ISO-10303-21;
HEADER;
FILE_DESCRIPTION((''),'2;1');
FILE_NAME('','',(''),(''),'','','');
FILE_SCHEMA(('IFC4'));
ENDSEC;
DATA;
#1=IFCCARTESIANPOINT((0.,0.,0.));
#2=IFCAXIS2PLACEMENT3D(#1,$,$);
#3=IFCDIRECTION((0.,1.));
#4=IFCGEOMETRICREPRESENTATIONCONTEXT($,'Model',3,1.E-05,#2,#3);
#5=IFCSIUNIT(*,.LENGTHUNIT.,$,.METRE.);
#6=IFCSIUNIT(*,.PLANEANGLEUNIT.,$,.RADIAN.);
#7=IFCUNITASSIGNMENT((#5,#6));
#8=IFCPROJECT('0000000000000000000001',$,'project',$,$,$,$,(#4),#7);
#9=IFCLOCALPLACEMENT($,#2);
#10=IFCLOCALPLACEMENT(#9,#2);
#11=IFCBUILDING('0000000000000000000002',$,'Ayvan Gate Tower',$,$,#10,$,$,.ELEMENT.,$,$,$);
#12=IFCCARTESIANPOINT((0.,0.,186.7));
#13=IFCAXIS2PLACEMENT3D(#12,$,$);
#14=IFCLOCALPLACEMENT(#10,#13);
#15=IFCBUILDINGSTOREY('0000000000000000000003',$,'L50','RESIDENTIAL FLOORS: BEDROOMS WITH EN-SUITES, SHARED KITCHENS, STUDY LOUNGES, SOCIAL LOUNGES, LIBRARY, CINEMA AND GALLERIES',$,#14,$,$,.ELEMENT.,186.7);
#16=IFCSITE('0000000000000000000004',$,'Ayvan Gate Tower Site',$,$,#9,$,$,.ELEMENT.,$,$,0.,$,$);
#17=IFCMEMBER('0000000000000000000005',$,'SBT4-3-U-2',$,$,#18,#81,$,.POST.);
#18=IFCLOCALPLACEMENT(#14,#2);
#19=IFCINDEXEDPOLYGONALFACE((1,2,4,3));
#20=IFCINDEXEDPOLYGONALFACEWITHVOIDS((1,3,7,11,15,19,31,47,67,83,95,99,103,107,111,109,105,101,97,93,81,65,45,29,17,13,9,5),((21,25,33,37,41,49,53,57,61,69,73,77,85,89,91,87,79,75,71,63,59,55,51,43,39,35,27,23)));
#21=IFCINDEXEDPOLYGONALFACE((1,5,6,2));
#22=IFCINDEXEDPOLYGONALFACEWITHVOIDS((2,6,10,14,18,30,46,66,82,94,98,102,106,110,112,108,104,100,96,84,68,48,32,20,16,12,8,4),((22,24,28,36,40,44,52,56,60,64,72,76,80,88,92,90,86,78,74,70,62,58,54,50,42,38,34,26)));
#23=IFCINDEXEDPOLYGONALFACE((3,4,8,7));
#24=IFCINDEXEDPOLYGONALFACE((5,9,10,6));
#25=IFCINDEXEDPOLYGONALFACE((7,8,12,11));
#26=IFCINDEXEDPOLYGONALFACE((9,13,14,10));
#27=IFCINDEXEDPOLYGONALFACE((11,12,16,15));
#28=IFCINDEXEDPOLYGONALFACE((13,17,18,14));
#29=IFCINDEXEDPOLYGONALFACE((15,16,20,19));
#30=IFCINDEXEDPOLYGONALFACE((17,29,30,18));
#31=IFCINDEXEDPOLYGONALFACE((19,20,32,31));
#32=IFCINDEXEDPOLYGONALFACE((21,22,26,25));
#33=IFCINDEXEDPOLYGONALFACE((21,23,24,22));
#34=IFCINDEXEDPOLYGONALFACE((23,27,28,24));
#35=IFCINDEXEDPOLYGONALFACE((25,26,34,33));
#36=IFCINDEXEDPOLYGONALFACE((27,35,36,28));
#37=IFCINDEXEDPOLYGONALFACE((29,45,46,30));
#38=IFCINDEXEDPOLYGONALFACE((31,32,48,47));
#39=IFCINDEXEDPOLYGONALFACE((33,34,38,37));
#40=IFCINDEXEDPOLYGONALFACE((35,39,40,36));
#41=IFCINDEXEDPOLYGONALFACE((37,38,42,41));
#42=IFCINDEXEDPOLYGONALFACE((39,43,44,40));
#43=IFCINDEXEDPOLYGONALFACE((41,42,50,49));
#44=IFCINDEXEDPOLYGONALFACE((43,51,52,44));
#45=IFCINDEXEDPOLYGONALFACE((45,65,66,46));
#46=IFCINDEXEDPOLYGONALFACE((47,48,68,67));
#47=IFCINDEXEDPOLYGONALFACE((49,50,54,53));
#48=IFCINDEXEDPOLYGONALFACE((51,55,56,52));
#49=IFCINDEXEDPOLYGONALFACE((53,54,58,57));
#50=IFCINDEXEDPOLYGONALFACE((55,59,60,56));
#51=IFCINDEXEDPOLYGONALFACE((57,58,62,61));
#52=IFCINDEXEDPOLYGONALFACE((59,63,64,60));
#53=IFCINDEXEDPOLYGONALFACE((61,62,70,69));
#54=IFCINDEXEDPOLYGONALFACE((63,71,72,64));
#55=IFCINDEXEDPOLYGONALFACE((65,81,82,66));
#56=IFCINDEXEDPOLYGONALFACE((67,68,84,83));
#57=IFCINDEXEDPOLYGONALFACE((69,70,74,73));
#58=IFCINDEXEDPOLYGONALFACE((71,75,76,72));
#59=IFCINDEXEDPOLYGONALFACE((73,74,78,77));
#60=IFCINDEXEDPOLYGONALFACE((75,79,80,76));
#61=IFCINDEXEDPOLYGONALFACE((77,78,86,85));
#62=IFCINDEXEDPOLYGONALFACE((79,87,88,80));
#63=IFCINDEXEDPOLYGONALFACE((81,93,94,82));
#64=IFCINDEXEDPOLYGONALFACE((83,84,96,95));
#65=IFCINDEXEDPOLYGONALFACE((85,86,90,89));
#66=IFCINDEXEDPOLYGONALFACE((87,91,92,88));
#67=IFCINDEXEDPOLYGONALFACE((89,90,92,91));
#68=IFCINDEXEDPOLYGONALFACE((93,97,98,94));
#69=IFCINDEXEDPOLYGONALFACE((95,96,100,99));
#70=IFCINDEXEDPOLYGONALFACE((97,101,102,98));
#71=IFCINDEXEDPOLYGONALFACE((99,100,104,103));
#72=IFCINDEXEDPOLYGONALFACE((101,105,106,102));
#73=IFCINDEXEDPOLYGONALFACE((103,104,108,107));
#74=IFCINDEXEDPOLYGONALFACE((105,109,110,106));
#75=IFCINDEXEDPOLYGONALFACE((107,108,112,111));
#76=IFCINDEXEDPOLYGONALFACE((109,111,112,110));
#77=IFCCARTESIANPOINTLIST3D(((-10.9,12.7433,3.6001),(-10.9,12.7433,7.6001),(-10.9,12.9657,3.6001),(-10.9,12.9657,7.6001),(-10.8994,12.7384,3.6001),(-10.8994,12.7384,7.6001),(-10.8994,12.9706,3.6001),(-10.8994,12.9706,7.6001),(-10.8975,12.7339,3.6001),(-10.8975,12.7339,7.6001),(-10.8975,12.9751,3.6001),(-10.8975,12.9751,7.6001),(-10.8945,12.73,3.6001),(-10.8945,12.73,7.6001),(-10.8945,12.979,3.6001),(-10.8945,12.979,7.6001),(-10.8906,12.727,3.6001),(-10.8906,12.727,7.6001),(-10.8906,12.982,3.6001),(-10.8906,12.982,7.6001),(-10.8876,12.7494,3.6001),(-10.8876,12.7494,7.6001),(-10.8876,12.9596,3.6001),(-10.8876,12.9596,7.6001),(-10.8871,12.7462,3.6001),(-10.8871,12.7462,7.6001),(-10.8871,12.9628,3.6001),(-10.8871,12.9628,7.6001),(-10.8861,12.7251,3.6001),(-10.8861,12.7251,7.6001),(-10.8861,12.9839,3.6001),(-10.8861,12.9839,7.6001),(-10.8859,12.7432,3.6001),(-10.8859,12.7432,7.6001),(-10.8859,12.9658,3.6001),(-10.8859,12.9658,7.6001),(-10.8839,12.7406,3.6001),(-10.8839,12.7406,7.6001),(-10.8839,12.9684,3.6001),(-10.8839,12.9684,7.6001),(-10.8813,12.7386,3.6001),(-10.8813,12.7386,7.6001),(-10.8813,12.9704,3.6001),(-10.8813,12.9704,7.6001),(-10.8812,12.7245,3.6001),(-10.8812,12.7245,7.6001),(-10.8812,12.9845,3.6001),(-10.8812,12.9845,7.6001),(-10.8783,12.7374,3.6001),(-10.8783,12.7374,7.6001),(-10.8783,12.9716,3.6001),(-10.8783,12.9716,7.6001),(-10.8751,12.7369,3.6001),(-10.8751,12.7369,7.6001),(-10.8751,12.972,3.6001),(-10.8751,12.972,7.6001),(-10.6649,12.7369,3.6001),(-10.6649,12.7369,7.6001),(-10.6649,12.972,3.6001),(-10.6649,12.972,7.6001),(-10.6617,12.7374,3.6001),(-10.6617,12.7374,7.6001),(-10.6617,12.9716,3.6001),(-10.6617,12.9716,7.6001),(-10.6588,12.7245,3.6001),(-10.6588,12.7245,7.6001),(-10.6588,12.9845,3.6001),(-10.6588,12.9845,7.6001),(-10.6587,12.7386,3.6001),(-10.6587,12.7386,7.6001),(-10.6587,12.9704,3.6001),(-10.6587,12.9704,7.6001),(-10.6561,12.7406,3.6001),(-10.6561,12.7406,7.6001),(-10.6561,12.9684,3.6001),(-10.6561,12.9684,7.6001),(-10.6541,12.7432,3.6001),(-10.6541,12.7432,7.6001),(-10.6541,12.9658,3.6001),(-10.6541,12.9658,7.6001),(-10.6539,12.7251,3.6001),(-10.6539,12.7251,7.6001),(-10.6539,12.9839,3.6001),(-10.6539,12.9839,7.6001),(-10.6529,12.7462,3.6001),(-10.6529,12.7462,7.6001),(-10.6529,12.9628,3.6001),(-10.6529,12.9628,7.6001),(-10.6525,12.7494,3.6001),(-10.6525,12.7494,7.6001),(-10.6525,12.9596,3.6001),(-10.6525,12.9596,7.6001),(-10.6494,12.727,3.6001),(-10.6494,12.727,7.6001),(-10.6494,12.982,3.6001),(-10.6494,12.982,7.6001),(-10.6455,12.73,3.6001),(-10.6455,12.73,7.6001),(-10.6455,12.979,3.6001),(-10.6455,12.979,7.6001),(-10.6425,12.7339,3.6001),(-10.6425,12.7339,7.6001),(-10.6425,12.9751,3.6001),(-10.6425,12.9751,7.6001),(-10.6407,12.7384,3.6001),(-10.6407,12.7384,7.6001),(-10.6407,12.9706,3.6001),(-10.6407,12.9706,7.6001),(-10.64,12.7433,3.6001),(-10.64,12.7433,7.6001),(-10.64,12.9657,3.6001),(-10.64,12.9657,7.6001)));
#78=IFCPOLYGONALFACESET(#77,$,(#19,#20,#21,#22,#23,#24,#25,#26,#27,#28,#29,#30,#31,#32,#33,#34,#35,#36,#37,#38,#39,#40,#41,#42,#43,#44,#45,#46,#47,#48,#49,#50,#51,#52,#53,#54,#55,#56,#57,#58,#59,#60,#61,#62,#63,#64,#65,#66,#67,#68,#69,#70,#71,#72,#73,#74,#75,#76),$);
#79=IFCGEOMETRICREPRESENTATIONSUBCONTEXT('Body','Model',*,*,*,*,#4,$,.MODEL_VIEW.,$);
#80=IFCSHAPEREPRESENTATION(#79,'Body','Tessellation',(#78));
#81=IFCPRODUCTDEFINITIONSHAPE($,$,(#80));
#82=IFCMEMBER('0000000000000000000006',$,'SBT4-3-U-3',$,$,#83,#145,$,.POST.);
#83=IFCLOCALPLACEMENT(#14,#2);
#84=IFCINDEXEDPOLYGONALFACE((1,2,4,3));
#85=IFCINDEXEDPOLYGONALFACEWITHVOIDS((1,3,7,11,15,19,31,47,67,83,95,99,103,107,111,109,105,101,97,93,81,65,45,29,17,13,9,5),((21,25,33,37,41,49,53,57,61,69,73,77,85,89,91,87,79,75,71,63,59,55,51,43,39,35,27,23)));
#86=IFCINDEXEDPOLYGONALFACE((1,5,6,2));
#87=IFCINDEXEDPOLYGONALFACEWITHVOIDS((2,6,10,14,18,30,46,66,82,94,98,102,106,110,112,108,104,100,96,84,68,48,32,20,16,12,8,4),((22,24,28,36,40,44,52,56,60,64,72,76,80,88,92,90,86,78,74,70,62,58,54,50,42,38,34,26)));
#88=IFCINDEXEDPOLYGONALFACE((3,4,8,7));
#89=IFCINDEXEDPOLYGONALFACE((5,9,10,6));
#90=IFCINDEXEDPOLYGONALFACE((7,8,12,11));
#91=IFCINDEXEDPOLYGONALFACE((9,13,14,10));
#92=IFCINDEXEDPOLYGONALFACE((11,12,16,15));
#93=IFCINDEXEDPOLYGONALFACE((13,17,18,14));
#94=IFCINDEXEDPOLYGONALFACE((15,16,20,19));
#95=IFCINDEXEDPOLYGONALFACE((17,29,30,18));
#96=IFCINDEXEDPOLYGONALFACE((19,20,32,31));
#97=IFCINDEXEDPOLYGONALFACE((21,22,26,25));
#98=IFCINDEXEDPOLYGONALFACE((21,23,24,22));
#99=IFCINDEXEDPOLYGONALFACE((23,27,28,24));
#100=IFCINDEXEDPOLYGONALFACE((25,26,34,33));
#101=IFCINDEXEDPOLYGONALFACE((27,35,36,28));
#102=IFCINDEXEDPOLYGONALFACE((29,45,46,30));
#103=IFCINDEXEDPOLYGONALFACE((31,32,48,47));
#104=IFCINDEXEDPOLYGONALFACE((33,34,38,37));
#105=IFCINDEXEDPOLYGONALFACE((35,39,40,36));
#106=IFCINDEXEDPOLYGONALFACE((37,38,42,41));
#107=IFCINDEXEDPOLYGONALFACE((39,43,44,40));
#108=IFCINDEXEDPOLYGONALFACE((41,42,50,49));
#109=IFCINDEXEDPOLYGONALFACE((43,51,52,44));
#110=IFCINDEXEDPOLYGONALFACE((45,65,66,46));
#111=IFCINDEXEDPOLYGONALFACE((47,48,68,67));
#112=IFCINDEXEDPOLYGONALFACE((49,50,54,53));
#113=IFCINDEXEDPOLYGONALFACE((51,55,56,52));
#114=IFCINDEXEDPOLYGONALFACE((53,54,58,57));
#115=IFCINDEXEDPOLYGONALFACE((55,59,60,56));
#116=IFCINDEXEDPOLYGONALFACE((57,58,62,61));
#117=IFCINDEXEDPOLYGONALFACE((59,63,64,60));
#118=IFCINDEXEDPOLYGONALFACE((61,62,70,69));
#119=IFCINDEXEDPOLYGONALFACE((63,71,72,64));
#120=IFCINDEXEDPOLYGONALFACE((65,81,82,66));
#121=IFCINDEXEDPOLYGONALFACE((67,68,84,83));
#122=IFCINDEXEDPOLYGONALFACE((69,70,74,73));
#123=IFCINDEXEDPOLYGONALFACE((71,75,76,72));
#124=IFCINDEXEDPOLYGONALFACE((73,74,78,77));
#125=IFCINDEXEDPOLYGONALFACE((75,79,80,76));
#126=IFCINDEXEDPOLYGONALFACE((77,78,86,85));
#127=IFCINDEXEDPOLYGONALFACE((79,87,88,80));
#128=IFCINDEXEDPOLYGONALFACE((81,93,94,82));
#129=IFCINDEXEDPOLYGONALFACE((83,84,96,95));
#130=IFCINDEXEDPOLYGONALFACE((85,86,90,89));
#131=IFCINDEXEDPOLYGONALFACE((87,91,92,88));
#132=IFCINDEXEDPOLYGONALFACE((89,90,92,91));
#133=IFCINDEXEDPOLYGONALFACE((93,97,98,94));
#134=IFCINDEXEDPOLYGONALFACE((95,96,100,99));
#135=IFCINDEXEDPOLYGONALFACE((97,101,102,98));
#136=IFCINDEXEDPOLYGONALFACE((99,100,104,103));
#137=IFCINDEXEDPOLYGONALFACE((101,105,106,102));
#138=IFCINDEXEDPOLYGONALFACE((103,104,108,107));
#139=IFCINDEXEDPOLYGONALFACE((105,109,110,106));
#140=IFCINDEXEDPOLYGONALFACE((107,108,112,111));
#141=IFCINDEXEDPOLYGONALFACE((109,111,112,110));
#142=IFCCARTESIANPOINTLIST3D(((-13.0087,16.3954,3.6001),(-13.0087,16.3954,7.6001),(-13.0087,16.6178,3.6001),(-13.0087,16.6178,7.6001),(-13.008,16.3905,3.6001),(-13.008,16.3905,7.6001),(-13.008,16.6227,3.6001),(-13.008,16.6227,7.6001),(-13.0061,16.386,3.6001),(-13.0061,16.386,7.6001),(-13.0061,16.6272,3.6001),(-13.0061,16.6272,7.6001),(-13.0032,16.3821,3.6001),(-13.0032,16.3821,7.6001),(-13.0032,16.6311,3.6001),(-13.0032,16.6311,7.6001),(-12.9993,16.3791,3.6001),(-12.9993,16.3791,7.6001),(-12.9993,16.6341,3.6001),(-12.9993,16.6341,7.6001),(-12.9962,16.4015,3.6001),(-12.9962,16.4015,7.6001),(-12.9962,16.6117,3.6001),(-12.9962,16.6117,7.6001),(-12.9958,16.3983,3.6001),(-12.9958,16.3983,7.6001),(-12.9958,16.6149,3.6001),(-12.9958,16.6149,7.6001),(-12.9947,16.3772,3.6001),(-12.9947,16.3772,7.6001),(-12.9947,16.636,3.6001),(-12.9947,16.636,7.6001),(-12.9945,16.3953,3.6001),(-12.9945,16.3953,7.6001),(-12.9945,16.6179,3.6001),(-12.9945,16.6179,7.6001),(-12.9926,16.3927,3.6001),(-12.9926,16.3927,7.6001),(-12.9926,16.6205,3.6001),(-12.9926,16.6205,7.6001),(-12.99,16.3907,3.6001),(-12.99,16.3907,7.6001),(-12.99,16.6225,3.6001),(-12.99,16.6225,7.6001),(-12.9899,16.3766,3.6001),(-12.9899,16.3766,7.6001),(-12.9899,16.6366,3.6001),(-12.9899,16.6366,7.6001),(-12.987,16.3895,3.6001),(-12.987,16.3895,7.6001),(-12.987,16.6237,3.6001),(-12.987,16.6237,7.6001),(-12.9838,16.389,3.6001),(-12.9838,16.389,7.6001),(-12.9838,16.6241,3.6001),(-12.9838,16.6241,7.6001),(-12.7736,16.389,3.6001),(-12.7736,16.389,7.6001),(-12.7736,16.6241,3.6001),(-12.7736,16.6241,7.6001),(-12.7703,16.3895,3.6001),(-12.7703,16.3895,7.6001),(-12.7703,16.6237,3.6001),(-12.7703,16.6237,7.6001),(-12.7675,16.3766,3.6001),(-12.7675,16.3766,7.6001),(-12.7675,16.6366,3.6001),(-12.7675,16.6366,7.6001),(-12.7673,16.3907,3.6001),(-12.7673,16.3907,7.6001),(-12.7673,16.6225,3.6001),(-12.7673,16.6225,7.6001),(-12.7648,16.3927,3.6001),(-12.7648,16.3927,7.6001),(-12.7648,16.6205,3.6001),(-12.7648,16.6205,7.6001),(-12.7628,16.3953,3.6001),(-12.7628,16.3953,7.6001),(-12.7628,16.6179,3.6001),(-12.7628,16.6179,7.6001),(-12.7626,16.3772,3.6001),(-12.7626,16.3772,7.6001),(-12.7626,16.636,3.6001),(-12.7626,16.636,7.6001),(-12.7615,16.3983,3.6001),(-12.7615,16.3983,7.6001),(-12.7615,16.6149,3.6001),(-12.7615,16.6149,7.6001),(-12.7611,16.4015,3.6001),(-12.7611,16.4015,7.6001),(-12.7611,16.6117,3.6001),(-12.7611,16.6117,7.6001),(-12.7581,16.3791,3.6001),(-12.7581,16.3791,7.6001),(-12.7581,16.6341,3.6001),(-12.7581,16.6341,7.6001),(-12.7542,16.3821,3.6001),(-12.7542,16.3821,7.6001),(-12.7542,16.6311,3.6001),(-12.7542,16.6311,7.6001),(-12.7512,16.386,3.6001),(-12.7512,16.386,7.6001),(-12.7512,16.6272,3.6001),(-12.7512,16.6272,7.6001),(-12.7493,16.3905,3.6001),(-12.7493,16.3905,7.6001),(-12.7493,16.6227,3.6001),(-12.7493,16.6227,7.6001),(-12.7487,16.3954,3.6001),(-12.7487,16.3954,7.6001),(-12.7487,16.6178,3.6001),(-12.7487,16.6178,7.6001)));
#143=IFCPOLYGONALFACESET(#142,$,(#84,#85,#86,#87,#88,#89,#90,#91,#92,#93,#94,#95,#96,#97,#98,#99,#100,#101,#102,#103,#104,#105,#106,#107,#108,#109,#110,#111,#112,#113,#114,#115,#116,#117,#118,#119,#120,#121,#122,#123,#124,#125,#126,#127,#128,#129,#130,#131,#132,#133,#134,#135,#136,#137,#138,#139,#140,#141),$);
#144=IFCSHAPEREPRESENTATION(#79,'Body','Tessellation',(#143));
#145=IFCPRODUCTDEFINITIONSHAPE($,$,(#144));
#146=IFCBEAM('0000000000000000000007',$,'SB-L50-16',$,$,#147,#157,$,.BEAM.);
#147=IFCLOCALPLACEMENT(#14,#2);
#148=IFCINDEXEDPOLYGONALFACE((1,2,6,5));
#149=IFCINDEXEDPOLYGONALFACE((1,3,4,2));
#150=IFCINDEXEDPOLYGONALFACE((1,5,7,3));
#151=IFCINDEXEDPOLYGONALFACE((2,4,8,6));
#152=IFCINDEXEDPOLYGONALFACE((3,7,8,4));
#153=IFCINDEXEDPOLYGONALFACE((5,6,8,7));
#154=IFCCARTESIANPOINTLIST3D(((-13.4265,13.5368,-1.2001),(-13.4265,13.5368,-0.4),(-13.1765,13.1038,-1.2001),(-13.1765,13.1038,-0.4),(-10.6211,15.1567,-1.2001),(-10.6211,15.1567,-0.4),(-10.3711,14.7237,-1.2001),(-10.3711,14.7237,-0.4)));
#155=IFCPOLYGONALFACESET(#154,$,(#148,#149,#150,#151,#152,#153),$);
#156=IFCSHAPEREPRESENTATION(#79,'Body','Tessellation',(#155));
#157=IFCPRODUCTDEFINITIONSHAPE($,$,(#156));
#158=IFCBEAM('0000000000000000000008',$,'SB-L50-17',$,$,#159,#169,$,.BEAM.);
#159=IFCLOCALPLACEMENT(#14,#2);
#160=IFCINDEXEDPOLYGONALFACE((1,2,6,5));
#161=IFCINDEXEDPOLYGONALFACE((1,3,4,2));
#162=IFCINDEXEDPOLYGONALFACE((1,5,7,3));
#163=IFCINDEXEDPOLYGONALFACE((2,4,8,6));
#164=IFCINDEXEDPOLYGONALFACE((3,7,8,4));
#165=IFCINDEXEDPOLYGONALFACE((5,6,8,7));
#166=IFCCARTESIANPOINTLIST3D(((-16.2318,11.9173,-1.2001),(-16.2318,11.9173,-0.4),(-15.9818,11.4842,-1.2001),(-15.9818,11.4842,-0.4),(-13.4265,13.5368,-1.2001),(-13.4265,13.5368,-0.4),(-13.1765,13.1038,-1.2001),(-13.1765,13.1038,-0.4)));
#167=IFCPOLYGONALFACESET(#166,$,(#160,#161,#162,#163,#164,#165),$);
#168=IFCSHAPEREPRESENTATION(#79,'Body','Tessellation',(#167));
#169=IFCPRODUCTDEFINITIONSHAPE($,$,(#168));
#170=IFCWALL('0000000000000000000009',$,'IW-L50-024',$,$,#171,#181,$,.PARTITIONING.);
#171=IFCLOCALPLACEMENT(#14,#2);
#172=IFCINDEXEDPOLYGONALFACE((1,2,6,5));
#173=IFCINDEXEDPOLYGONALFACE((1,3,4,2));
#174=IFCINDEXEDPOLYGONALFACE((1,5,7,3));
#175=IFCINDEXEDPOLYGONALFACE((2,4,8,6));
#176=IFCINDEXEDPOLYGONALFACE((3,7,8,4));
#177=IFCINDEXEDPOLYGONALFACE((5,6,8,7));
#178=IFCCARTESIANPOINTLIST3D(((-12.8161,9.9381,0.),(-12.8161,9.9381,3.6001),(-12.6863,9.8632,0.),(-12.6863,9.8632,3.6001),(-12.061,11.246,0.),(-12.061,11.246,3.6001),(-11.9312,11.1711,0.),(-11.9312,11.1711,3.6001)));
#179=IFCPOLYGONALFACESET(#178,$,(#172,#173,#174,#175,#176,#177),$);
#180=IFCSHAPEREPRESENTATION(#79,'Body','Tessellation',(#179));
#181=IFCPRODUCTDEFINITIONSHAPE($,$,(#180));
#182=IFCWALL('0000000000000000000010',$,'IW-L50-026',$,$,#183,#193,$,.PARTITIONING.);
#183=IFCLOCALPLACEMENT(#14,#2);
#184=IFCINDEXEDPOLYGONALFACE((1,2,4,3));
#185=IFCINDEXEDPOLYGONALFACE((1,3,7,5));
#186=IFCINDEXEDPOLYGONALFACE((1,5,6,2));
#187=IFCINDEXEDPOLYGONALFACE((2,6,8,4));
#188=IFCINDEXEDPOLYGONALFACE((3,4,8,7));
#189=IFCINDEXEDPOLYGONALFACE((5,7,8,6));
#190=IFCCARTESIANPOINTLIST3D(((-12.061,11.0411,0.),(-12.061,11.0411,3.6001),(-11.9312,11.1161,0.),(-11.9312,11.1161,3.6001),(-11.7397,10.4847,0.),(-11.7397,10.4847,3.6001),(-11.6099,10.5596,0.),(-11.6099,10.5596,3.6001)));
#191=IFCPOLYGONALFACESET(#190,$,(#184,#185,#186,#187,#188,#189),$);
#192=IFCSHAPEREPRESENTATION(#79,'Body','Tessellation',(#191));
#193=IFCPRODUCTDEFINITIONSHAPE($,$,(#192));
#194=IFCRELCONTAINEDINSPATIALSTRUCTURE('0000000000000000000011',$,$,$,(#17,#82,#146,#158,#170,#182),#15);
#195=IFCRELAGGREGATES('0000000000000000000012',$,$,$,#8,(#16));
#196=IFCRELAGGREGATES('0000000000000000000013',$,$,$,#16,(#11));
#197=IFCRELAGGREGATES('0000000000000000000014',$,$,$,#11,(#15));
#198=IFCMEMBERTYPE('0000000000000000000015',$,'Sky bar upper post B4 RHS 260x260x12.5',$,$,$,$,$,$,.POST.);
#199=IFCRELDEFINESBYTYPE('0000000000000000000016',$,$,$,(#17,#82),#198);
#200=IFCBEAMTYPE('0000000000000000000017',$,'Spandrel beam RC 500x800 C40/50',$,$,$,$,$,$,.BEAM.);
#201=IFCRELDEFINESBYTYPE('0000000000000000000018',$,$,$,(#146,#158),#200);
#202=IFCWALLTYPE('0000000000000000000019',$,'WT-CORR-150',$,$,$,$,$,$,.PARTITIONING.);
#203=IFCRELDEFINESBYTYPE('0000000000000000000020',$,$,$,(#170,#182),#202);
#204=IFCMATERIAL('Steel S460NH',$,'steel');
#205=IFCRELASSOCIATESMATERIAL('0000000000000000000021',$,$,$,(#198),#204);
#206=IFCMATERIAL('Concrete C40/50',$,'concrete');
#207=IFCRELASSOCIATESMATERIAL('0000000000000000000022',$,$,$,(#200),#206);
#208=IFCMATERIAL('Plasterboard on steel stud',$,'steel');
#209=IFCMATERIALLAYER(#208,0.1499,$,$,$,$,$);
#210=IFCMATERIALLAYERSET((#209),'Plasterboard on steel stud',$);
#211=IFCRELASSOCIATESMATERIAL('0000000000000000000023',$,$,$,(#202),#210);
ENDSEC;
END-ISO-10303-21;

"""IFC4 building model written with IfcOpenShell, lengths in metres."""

from ifc_helpers import new_model, si_unit, direction, frame, frame_2d, origin, origin_2d, place, context, subcontext, project, spatial, rectangle, hollow_rectangle, extrude, material, layer, layer_set, material_profile, profile_set, type_object, element, save


model = new_model("IFC4")

# Units and contexts
model_context = context("Model", 3, precision=1e-05, world=origin(), true_north=direction((0.0, 1.0)))
body_context = subcontext(model_context, "Body", "Model", "MODEL_VIEW")
ifc_project = project(units=[si_unit("LENGTHUNIT", "METRE"), si_unit("PLANEANGLEUNIT", "RADIAN")], contexts=[model_context])

# Site, building, storey
site_placement = place(None, origin())
site = spatial("IfcSite", under=ifc_project, at=site_placement, Name="Ayvan Gate Tower Site", CompositionType="ELEMENT", RefElevation=0.0)
building_placement = place(site_placement, origin())
building = spatial("IfcBuilding", under=site, at=building_placement, Name="Ayvan Gate Tower", CompositionType="ELEMENT")
storey_placement = place(building_placement, frame((0.0, 0.0, 186.7)))
storey = spatial("IfcBuildingStorey", under=building, at=storey_placement, Name="L50", Description="RESIDENTIAL FLOORS: BEDROOMS WITH EN-SUITES, SHARED KITCHENS, STUDY LOUNGES, SOCIAL LOUNGES, LIBRARY, CINEMA AND GALLERIES", CompositionType="ELEMENT", Elevation=186.7)

# Shared definitions
ifc_material_1 = material(Name="Concrete C40/50", Category="concrete")

# Members
ifc_material_2 = material(Name="Steel S460NH", Category="steel")
ifc_material_profile_1 = material_profile(ifc_material_2, hollow_rectangle(XDim=0.26, YDim=0.26, WallThickness=0.0125, InnerFilletRadius=0.0125, OuterFilletRadius=0.0188, at=origin_2d()), Name="RHS 260x260x12.5")
ifc_profile_set_1 = profile_set([ifc_material_profile_1], Name="Steel S460NH")
member_type_1 = type_object("IfcMemberType", Name="Sky bar upper post B4 RHS 260x260x12.5", PredefinedType="POST", material=ifc_profile_set_1)
for number, where, z_axis, x_axis, name in (
    (1, (-10.77, 12.8545, 3.6001), (0.0, 0.0, 1.0), (1.0, 0.0, 0.0), "SBT4-3-U-2"),
    (2, (-12.8787, 16.5066, 3.6001), (0.0, 0.0, 1.0), (1.0, 0.0, 0.0), "SBT4-3-U-3"),
):
    element("IfcMember", number, at=place(storey_placement, frame(where, z_axis=z_axis, x_axis=x_axis)), inside=storey, type_object=member_type_1, Name=name, PredefinedType="POST", context=body_context, shape_type="SweptSolid", body=[
        extrude(hollow_rectangle(XDim=0.26, YDim=0.26, WallThickness=0.0125, InnerFilletRadius=0.0125, OuterFilletRadius=0.0188, at=origin_2d()), origin(), (0.0, 0.0, 1.0), 4.0),
    ])

# Beams
ifc_material_profile_2 = material_profile(ifc_material_1, rectangle(XDim=0.5, YDim=0.8, at=origin_2d()), Name="RC 500x800")
ifc_profile_set_2 = profile_set([ifc_material_profile_2], Name="Concrete C40/50")
beam_type_1 = type_object("IfcBeamType", Name="Spandrel beam RC 500x800 C40/50", PredefinedType="BEAM", material=ifc_profile_set_2)
beam_1_placement = place(storey_placement, frame((-10.4961, 14.9402, -0.8), z_axis=(-0.866004, -0.500038, 0.0), x_axis=(0.500038, -0.866004, 0.0)))
element("IfcBeam", 3, at=beam_1_placement, inside=storey, type_object=beam_type_1, Name="SB-L50-16", PredefinedType="BEAM", context=body_context, shape_type="SweptSolid", body=[
    extrude(rectangle(XDim=0.5, YDim=0.8, at=origin_2d()), origin(), (0.0, 0.0, 1.0), 3.2395),
])
beam_2_placement = place(storey_placement, frame((-13.3015, 13.3203, -0.8), z_axis=(-0.866036, -0.499981, 0.0), x_axis=(0.499981, -0.866036, 0.0)))
element("IfcBeam", 4, at=beam_2_placement, inside=storey, type_object=beam_type_1, Name="SB-L50-17", PredefinedType="BEAM", context=body_context, shape_type="SweptSolid", body=[
    extrude(rectangle(XDim=0.5, YDim=0.8, at=origin_2d()), origin(), (0.0, 0.0, 1.0), 3.2393),
])

# Walls
ifc_material_3 = material(Name="Plasterboard on steel stud", Category="steel")
ifc_layer_1 = layer(ifc_material_3, 0.1499)
ifc_layer_set_1 = layer_set([ifc_layer_1], Name="Plasterboard on steel stud")
wall_type_1 = type_object("IfcWallType", Name="WT-CORR-150", PredefinedType="PARTITIONING", material=ifc_layer_set_1)
wall_1_placement = place(storey_placement, frame((-12.7512, 9.9006, 0.0), z_axis=(0.0, 0.0, 1.0), x_axis=(0.500016, 0.866016, 0.0)))
element("IfcWall", 5, at=wall_1_placement, inside=storey, type_object=wall_type_1, Name="IW-L50-024", PredefinedType="PARTITIONING", context=body_context, shape_type="SweptSolid", body=[
    extrude(rectangle(XDim=1.5103, YDim=0.1499, at=frame_2d((0.7551, 0.0))), origin(), (0.0, 0.0, 1.0), 3.6001),
])
wall_2_placement = place(storey_placement, frame((-11.9961, 11.0786, 0.0), z_axis=(0.0, 0.0, 1.0), x_axis=(0.500062, -0.865989, 0.0)))
element("IfcWall", 6, at=wall_2_placement, inside=storey, type_object=wall_type_1, Name="IW-L50-026", PredefinedType="PARTITIONING", context=body_context, shape_type="SweptSolid", body=[
    extrude(rectangle(XDim=0.6426, YDim=0.1499, at=frame_2d((0.3213, 0.0))), origin(), (0.0, 0.0, 1.0), 3.6001),
])

save(model, "model.ifc")
